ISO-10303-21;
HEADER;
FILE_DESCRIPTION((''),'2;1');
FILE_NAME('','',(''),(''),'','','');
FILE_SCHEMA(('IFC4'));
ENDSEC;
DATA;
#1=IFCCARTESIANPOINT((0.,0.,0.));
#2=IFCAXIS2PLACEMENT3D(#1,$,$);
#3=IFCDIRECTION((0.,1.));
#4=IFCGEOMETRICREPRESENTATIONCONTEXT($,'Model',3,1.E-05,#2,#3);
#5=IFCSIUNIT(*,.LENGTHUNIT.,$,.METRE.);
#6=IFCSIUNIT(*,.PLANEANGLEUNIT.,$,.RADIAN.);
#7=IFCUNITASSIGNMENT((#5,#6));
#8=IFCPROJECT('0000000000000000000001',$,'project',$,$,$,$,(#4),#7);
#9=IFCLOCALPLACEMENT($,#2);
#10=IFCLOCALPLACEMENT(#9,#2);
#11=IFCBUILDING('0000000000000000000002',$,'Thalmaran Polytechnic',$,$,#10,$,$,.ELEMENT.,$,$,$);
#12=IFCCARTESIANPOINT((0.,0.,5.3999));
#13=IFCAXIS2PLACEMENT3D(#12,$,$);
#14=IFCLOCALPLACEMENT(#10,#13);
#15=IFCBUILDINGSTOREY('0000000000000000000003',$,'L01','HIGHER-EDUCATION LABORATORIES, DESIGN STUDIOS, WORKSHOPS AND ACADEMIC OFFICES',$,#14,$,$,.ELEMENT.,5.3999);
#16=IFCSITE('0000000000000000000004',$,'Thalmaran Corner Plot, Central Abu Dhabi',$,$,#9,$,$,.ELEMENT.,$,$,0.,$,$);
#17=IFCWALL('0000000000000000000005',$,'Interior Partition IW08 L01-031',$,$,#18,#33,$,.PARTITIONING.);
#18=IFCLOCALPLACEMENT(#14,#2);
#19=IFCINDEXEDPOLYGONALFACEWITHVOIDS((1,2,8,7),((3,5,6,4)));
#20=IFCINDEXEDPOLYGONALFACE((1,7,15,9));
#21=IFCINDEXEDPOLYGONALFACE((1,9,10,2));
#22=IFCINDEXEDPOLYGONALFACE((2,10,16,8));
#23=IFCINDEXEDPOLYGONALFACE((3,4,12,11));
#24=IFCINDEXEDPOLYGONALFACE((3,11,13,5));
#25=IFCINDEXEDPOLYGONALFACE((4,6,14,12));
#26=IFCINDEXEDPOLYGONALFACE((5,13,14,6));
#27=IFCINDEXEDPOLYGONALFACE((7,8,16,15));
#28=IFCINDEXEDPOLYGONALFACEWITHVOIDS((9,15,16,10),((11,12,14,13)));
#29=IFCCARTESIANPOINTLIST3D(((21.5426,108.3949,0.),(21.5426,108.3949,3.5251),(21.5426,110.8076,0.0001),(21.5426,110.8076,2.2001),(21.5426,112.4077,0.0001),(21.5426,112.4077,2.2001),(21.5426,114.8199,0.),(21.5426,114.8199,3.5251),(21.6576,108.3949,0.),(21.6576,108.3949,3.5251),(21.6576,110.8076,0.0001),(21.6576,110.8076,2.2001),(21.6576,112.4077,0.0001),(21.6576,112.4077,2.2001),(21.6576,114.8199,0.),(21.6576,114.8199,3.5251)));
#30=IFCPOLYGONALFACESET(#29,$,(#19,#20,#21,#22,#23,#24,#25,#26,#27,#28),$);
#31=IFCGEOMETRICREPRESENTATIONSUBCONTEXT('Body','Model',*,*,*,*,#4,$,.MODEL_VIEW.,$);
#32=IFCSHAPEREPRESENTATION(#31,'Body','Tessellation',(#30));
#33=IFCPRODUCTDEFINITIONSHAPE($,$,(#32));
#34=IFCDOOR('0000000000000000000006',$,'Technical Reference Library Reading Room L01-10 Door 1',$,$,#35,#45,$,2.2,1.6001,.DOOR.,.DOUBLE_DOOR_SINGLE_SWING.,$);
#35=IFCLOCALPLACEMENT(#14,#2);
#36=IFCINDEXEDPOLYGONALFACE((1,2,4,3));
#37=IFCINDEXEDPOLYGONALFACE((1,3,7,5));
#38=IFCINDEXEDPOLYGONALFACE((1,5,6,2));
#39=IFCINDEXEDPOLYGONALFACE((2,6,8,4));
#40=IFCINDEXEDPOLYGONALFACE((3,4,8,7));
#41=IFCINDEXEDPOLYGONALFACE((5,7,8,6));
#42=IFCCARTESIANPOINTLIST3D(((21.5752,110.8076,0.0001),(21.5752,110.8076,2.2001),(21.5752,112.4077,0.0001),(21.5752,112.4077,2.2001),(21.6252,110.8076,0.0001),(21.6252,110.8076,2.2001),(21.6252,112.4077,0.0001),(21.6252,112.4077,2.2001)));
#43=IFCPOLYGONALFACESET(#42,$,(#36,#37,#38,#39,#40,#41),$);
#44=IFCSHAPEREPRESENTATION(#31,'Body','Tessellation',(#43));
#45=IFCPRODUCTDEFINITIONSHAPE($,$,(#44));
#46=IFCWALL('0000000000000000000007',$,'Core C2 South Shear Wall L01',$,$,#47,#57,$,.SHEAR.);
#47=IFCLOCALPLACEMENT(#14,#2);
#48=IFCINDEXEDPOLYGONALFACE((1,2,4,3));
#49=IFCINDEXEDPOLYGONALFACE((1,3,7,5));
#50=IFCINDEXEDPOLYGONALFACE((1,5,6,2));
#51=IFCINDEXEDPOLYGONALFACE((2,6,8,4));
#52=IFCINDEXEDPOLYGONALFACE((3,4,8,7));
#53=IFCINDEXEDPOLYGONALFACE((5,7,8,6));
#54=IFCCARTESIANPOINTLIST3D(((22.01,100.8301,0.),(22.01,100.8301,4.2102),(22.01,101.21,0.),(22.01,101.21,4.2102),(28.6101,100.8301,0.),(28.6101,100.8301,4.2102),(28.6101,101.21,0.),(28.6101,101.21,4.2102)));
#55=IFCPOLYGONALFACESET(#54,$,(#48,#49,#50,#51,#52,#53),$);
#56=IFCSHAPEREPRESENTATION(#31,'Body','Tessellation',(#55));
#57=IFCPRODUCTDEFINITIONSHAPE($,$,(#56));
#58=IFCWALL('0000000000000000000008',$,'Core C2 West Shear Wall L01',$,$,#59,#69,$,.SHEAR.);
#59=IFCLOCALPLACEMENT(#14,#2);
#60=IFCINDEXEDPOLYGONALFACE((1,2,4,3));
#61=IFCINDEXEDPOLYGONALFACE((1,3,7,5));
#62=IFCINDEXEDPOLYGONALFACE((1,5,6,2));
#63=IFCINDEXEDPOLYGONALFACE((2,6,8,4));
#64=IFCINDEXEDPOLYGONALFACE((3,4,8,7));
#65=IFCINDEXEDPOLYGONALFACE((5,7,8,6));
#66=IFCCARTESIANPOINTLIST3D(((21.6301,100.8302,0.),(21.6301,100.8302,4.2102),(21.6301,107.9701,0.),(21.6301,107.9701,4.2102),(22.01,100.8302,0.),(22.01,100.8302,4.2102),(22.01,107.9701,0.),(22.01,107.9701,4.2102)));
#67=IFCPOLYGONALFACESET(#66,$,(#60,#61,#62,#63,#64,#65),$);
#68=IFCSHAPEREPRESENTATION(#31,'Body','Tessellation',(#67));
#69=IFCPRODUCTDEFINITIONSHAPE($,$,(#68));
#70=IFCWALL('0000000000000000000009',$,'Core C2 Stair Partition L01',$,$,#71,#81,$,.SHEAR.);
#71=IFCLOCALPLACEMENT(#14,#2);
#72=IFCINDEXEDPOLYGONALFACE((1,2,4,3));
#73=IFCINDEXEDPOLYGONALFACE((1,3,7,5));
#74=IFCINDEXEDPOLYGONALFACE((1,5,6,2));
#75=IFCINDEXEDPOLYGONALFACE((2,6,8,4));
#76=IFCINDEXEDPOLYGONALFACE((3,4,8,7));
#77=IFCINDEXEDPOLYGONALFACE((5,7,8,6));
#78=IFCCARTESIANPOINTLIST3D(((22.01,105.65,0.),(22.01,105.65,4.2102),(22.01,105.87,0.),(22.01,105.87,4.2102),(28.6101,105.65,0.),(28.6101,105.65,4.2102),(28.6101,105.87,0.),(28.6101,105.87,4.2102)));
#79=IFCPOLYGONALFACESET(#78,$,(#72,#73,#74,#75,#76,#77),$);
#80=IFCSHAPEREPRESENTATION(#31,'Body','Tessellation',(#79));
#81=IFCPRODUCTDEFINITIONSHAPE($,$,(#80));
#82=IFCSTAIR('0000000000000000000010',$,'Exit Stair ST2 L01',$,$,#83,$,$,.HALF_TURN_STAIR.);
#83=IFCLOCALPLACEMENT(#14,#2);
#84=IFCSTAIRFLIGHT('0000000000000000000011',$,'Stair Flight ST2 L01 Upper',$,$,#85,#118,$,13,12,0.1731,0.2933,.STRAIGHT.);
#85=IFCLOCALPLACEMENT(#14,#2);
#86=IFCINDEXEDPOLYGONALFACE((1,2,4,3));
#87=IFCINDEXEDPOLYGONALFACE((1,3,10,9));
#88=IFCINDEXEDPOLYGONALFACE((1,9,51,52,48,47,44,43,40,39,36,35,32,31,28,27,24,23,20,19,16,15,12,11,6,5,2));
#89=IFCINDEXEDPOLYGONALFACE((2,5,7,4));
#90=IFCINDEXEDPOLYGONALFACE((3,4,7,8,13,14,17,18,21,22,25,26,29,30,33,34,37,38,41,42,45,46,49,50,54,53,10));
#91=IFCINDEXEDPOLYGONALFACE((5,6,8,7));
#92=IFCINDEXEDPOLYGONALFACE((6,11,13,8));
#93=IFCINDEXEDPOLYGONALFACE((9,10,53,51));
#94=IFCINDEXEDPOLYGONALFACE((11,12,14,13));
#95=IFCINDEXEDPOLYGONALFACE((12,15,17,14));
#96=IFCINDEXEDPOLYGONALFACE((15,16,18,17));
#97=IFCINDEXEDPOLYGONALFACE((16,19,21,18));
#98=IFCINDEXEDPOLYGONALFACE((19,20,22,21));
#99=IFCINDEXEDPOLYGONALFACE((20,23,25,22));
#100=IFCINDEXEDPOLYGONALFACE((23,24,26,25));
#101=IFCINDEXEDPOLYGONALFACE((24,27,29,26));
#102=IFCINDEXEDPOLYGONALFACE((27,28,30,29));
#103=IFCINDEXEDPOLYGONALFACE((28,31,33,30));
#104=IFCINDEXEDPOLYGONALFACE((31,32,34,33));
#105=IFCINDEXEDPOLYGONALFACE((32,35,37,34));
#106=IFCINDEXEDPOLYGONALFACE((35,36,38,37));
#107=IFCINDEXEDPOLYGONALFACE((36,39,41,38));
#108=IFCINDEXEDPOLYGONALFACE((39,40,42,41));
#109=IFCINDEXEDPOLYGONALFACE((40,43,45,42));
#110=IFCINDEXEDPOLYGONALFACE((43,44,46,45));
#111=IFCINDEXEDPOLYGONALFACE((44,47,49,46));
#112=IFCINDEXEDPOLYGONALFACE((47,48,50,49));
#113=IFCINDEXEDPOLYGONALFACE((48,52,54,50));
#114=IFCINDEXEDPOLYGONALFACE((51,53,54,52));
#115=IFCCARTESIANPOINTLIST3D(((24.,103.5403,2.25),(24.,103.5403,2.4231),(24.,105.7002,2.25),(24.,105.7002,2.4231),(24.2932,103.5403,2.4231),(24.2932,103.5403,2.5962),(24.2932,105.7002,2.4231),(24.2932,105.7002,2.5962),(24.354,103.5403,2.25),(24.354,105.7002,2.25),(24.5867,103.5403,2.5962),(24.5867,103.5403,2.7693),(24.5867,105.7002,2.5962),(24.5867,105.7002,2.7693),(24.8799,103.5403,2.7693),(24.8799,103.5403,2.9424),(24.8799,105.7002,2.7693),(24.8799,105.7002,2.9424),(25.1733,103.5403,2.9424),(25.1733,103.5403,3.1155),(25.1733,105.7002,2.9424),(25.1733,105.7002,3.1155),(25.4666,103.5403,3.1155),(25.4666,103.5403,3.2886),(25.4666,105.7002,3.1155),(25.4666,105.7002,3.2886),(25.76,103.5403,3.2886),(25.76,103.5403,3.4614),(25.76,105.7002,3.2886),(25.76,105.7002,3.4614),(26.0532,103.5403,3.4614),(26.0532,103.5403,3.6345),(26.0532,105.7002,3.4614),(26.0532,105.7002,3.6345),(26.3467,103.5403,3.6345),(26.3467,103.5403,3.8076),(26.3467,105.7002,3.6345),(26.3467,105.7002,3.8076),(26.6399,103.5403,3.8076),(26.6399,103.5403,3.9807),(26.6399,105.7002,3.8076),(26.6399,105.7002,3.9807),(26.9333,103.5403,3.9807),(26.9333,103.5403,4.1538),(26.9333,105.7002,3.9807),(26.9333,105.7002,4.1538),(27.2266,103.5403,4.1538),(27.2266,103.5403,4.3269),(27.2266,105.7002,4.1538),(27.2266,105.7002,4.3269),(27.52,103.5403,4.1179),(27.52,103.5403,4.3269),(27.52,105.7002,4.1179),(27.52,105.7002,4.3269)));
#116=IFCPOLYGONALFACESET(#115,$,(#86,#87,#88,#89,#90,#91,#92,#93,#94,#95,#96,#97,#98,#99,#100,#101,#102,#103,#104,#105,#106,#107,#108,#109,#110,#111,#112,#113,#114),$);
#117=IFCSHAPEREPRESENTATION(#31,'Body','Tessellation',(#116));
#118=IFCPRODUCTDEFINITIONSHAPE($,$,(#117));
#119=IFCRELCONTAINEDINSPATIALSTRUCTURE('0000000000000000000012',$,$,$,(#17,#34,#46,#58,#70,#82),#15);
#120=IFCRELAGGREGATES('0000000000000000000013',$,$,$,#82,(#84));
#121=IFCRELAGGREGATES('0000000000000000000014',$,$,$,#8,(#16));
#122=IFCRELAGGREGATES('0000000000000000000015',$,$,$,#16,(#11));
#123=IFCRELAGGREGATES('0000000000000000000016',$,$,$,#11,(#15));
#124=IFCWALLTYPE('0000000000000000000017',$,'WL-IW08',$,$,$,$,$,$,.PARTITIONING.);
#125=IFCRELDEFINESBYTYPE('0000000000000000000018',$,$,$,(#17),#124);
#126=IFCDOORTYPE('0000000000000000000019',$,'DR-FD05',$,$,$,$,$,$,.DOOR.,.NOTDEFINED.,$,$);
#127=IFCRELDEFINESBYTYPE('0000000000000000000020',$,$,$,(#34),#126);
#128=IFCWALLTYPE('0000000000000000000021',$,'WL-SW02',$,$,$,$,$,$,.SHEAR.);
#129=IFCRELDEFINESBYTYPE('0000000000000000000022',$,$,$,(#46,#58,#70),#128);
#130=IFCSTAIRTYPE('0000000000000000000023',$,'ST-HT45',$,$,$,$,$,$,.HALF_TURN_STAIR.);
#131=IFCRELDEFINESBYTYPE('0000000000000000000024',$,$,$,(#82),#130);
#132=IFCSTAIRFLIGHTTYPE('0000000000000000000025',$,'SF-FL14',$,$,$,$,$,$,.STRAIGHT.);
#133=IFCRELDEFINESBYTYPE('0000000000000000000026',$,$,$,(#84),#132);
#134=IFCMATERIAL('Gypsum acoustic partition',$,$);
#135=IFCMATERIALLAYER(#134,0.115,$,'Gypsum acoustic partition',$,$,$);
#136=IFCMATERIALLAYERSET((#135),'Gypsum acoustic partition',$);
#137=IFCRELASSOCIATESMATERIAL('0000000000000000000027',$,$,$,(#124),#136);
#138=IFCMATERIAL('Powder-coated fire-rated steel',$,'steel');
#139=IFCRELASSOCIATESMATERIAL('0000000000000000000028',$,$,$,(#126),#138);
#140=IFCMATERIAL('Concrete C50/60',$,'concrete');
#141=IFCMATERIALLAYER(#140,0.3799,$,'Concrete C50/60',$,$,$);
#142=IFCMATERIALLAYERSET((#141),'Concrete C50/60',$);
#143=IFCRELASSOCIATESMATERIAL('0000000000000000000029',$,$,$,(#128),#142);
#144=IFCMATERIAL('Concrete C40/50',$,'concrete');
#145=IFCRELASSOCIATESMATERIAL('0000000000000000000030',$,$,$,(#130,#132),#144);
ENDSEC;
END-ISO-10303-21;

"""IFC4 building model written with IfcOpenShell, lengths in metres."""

from ifc_helpers import new_model, si_unit, direction, frame, frame_2d, origin, place, context, subcontext, project, spatial, polyline, rectangle, outline, extrude, material, layer, layer_set, type_object, element, fill, aggregate, save


model = new_model("IFC4")

# Units and contexts
model_context = context("Model", 3, precision=1e-05, world=origin(), true_north=direction((0.0, 1.0)))
body_context = subcontext(model_context, "Body", "Model", "MODEL_VIEW")
ifc_project = project(units=[si_unit("LENGTHUNIT", "METRE"), si_unit("PLANEANGLEUNIT", "RADIAN")], contexts=[model_context])

# Site, building, storey
site_placement = place(None, origin())
site = spatial("IfcSite", under=ifc_project, at=site_placement, Name="Thalmaran Corner Plot, Central Abu Dhabi", CompositionType="ELEMENT", RefElevation=0.0)
building_placement = place(site_placement, origin())
building = spatial("IfcBuilding", under=site, at=building_placement, Name="Thalmaran Polytechnic", CompositionType="ELEMENT")
storey_placement = place(building_placement, frame((0.0, 0.0, 5.3999)))
storey = spatial("IfcBuildingStorey", under=building, at=storey_placement, Name="L01", Description="HIGHER-EDUCATION LABORATORIES, DESIGN STUDIOS, WORKSHOPS AND ACADEMIC OFFICES", CompositionType="ELEMENT", Elevation=5.3999)

# Shared definitions
ifc_material_1 = material(Name="Concrete C50/60", Category="concrete")

# Shared definitions
ifc_material_2 = material(Name="Concrete C40/50", Category="concrete")

# Wall, opening, door
ifc_material_3 = material(Name="Gypsum acoustic partition")
ifc_layer_1 = layer(ifc_material_3, 0.115, Name="Gypsum acoustic partition")
ifc_layer_set_1 = layer_set([ifc_layer_1], Name="Gypsum acoustic partition")
wall_type_1 = type_object("IfcWallType", Name="WL-IW08", PredefinedType="PARTITIONING", material=ifc_layer_set_1)
wall_1_placement = place(storey_placement, frame((21.6001, 108.395, 0.0), z_axis=(0.0, 0.0, 1.0), x_axis=(0.0, 1.0, 0.0)))
wall_1 = element("IfcWall", 1, at=wall_1_placement, inside=storey, type_object=wall_type_1, Name="Interior Partition IW08 L01-031", PredefinedType="PARTITIONING", context=body_context, shape_type="SweptSolid", body=[
    extrude(rectangle(XDim=6.425, YDim=0.115, at=frame_2d((3.2124, 0.0))), origin(), (0.0, 0.0, 1.0), 3.5251),
])
opening_1_placement = place(wall_1_placement, frame((2.4126, 0.0, 0.0)))
opening_1 = element("IfcOpeningElement", 2, at=opening_1_placement, cuts=wall_1, PredefinedType="OPENING", context=body_context, shape_type="SweptSolid", body=[
    extrude(rectangle(XDim=1.6001, YDim=2.2, at=frame_2d((0.8, 1.1001))), frame((0.0, 0.0674, 0.0), z_axis=(0.0, -1.0, 0.0), x_axis=(1.0, 0.0, 0.0)), (0.0, 0.0, 1.0), 0.135),
])
ifc_material_4 = material(Name="Powder-coated fire-rated steel", Category="steel")
door_type_1 = type_object("IfcDoorType", Name="DR-FD05", OperationType="NOTDEFINED", PredefinedType="DOOR", material=ifc_material_4)
door_1_placement = place(opening_1_placement, origin())
door_1 = element("IfcDoor", 3, at=door_1_placement, inside=storey, type_object=door_type_1, Name="Technical Reference Library Reading Room L01-10 Door 1", OperationType="DOUBLE_DOOR_SINGLE_SWING", OverallHeight=2.2, OverallWidth=1.6001, PredefinedType="DOOR", context=body_context, shape_type="SweptSolid", body=[
    extrude(rectangle(XDim=1.6001, YDim=2.2, at=frame_2d((0.8, 1.1001))), frame((0.0, 0.0249, 0.0), z_axis=(0.0, -1.0, 0.0), x_axis=(1.0, 0.0, 0.0)), (0.0, 0.0, 1.0), 0.05),
])
fill(opening_1, door_1)

# Walls
ifc_layer_2 = layer(ifc_material_1, 0.3799, Name="Concrete C50/60")
ifc_layer_set_2 = layer_set([ifc_layer_2], Name="Concrete C50/60")
wall_type_2 = type_object("IfcWallType", Name="WL-SW02", PredefinedType="SHEAR", material=ifc_layer_set_2)
wall_2_placement = place(storey_placement, frame((22.01, 101.02, 0.0), z_axis=(0.0, 0.0, 1.0), x_axis=(1.0, 0.0, 0.0)))
element("IfcWall", 4, at=wall_2_placement, inside=storey, type_object=wall_type_2, Name="Core C2 South Shear Wall L01", PredefinedType="SHEAR", context=body_context, shape_type="SweptSolid", body=[
    extrude(rectangle(XDim=6.6001, YDim=0.3799, at=frame_2d((3.3, 0.0))), origin(), (0.0, 0.0, 1.0), 4.2102),
])
wall_3_placement = place(storey_placement, frame((21.8201, 107.97, 0.0), z_axis=(0.0, 0.0, 1.0), x_axis=(0.0, -1.0, 0.0)))
element("IfcWall", 5, at=wall_3_placement, inside=storey, type_object=wall_type_2, Name="Core C2 West Shear Wall L01", PredefinedType="SHEAR", context=body_context, shape_type="SweptSolid", body=[
    extrude(rectangle(XDim=7.1399, YDim=0.3799, at=frame_2d((3.5698, 0.0))), origin(), (0.0, 0.0, 1.0), 4.2102),
])

# Wall
wall_4_placement = place(storey_placement, frame((22.01, 105.76, 0.0), z_axis=(0.0, 0.0, 1.0), x_axis=(1.0, 0.0, 0.0)))
element("IfcWall", 6, at=wall_4_placement, inside=storey, type_object=wall_type_2, Name="Core C2 Stair Partition L01", PredefinedType="SHEAR", context=body_context, shape_type="SweptSolid", body=[
    extrude(rectangle(XDim=6.6001, YDim=0.22, at=frame_2d((3.3, 0.0))), origin(), (0.0, 0.0, 1.0), 4.2102),
])

# Stair, stair flight
stair_type = type_object("IfcStairType", Name="ST-HT45", PredefinedType="HALF_TURN_STAIR", material=ifc_material_2)
stair_placement = place(storey_placement, origin())
stair = element("IfcStair", 7, at=stair_placement, inside=storey, type_object=stair_type, Name="Exit Stair ST2 L01", PredefinedType="HALF_TURN_STAIR")
stair_flight_type = type_object("IfcStairFlightType", Name="SF-FL14", PredefinedType="STRAIGHT", material=ifc_material_2)
stair_flight_placement = place(storey_placement, frame((24.0, 104.6201, 2.25), z_axis=(0.0, 0.0, 1.0), x_axis=(1.0, 0.0, 0.0)))
stair_flight = element("IfcStairFlight", 8, at=stair_flight_placement, type_object=stair_flight_type, Name="Stair Flight ST2 L01 Upper", NumberOfRisers=13, NumberOfTreads=12, PredefinedType="STRAIGHT", RiserHeight=0.1731, TreadLength=0.2933, context=body_context, shape_type="SweptSolid", body=[
    extrude(outline(polyline([(0.0, 0.0), (0.0, 0.1731), (0.2932, 0.1731), (0.2932, 0.3462), (0.5867, 0.3462), (0.5867, 0.5193), (0.8799, 0.5193), (0.8799, 0.6924), (1.1733, 0.6924), (1.1733, 0.8655), (1.4666, 0.8655), (1.4666, 1.0386), (1.76, 1.0386), (1.76, 1.2114), (2.0532, 1.2114), (2.0532, 1.3845), (2.3467, 1.3845), (2.3467, 1.5576), (2.6399, 1.5576), (2.6399, 1.7307), (2.9333, 1.7307), (2.9333, 1.9038), (3.2266, 1.9038), (3.2266, 2.0769), (3.52, 2.0769), (3.52, 2.25), (3.52, 1.8679), (0.354, 0.0), (0.0, 0.0)])), frame((0.0, 1.0801, 0.0), z_axis=(0.0, -1.0, 0.0), x_axis=(1.0, 0.0, 0.0)), (0.0, 0.0, 1.0), 2.1599),
])
aggregate(stair, [stair_flight])

save(model, "model.ifc")
